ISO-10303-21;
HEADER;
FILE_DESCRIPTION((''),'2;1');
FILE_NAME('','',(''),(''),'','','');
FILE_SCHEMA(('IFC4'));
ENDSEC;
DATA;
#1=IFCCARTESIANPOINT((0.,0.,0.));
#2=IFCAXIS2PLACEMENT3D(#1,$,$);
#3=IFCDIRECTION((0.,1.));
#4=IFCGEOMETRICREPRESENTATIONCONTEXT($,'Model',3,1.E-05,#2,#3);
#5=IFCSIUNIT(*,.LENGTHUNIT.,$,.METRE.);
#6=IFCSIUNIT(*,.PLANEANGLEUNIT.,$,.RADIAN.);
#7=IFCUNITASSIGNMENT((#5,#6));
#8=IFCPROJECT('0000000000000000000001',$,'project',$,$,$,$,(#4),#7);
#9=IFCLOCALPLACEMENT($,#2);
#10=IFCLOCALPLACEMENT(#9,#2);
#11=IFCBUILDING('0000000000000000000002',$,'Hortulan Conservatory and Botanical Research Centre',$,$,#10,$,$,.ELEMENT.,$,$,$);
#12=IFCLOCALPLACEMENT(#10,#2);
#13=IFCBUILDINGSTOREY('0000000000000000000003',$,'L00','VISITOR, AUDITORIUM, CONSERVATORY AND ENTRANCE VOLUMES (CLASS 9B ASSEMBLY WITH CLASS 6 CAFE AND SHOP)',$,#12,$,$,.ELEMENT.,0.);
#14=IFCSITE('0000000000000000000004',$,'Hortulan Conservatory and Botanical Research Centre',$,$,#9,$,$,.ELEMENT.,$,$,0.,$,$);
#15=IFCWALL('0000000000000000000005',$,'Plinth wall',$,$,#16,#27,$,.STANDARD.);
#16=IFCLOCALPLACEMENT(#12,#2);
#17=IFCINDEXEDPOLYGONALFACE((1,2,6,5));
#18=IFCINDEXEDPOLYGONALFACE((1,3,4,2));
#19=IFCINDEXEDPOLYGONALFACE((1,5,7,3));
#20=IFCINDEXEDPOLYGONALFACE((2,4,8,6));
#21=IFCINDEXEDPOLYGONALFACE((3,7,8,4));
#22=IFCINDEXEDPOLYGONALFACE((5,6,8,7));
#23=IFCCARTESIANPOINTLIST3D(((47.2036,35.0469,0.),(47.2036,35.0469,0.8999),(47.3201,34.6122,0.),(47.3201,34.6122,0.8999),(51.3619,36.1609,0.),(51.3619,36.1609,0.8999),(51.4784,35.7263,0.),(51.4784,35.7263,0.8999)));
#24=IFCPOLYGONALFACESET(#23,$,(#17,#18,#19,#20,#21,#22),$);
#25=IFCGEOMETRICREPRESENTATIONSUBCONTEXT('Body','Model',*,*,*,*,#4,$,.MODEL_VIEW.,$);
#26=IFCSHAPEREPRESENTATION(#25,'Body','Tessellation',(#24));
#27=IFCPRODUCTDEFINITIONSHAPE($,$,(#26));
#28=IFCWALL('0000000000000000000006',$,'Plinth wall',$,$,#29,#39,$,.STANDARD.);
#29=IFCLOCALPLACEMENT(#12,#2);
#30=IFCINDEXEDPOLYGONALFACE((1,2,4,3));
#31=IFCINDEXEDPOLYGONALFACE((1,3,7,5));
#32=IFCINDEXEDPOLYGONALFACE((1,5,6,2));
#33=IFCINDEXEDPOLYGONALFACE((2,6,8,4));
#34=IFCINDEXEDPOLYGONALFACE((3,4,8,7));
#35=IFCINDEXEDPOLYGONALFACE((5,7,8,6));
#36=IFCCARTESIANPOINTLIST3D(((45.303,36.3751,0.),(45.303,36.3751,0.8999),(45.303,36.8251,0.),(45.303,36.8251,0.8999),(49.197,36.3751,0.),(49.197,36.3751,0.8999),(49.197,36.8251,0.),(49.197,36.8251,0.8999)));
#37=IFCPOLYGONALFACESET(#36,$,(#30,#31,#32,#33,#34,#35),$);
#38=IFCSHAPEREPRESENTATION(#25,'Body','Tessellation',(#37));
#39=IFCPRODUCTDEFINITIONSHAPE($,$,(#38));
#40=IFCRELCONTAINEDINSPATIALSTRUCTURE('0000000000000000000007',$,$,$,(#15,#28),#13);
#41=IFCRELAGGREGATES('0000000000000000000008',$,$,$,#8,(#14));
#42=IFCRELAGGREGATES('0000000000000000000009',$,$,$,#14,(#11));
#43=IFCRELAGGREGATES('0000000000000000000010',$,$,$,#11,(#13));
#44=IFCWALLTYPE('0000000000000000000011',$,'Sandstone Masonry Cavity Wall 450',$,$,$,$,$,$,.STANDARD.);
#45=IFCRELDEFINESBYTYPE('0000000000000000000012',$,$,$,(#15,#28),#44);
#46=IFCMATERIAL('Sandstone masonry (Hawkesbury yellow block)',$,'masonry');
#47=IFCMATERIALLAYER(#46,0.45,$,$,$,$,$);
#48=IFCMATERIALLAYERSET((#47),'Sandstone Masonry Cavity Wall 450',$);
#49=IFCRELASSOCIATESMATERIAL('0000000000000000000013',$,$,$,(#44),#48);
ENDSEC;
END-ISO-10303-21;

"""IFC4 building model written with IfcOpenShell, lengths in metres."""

from ifc_helpers import new_model, si_unit, direction, frame, frame_2d, origin, place, context, subcontext, project, spatial, rectangle, extrude, material, layer, layer_set, type_object, element, save


model = new_model("IFC4")

# Units and contexts
model_context = context("Model", 3, precision=1e-05, world=origin(), true_north=direction((0.0, 1.0)))
body_context = subcontext(model_context, "Body", "Model", "MODEL_VIEW")
ifc_project = project(units=[si_unit("LENGTHUNIT", "METRE"), si_unit("PLANEANGLEUNIT", "RADIAN")], contexts=[model_context])

# Site, building, storey
site_placement = place(None, origin())
site = spatial("IfcSite", under=ifc_project, at=site_placement, Name="Hortulan Conservatory and Botanical Research Centre", CompositionType="ELEMENT", RefElevation=0.0)
building_placement = place(site_placement, origin())
building = spatial("IfcBuilding", under=site, at=building_placement, Name="Hortulan Conservatory and Botanical Research Centre", CompositionType="ELEMENT")
storey_placement = place(building_placement, origin())
storey = spatial("IfcBuildingStorey", under=building, at=storey_placement, Name="L00", Description="VISITOR, AUDITORIUM, CONSERVATORY AND ENTRANCE VOLUMES (CLASS 9B ASSEMBLY WITH CLASS 6 CAFE AND SHOP)", CompositionType="ELEMENT", Elevation=0.0)

# Walls
ifc_material_1 = material(Name="Sandstone masonry (Hawkesbury yellow block)", Category="masonry")
ifc_layer_1 = layer(ifc_material_1, 0.45)
ifc_layer_set_1 = layer_set([ifc_layer_1], Name="Sandstone Masonry Cavity Wall 450")
wall_type = type_object("IfcWallType", Name="Sandstone Masonry Cavity Wall 450", PredefinedType="STANDARD", material=ifc_layer_set_1)
wall_1_placement = place(storey_placement, frame((47.262, 34.8296, 0.0), z_axis=(0.0, 0.0, 1.0), x_axis=(0.965936, 0.258781, 0.0)))
element("IfcWall", 1, at=wall_1_placement, inside=storey, type_object=wall_type, Name="Plinth wall", PredefinedType="STANDARD", context=body_context, shape_type="SweptSolid", body=[
    extrude(rectangle(XDim=4.3049, YDim=0.45, at=frame_2d((2.1523, 0.0))), origin(), (0.0, 0.0, 1.0), 0.8999),
])
wall_2_placement = place(storey_placement, frame((45.303, 36.6001, 0.0), z_axis=(0.0, 0.0, 1.0), x_axis=(1.0, 0.0, 0.0)))
element("IfcWall", 2, at=wall_2_placement, inside=storey, type_object=wall_type, Name="Plinth wall", PredefinedType="STANDARD", context=body_context, shape_type="SweptSolid", body=[
    extrude(rectangle(XDim=3.894, YDim=0.45, at=frame_2d((1.947, 0.0))), origin(), (0.0, 0.0, 1.0), 0.8999),
])

save(model, "model.ifc")
